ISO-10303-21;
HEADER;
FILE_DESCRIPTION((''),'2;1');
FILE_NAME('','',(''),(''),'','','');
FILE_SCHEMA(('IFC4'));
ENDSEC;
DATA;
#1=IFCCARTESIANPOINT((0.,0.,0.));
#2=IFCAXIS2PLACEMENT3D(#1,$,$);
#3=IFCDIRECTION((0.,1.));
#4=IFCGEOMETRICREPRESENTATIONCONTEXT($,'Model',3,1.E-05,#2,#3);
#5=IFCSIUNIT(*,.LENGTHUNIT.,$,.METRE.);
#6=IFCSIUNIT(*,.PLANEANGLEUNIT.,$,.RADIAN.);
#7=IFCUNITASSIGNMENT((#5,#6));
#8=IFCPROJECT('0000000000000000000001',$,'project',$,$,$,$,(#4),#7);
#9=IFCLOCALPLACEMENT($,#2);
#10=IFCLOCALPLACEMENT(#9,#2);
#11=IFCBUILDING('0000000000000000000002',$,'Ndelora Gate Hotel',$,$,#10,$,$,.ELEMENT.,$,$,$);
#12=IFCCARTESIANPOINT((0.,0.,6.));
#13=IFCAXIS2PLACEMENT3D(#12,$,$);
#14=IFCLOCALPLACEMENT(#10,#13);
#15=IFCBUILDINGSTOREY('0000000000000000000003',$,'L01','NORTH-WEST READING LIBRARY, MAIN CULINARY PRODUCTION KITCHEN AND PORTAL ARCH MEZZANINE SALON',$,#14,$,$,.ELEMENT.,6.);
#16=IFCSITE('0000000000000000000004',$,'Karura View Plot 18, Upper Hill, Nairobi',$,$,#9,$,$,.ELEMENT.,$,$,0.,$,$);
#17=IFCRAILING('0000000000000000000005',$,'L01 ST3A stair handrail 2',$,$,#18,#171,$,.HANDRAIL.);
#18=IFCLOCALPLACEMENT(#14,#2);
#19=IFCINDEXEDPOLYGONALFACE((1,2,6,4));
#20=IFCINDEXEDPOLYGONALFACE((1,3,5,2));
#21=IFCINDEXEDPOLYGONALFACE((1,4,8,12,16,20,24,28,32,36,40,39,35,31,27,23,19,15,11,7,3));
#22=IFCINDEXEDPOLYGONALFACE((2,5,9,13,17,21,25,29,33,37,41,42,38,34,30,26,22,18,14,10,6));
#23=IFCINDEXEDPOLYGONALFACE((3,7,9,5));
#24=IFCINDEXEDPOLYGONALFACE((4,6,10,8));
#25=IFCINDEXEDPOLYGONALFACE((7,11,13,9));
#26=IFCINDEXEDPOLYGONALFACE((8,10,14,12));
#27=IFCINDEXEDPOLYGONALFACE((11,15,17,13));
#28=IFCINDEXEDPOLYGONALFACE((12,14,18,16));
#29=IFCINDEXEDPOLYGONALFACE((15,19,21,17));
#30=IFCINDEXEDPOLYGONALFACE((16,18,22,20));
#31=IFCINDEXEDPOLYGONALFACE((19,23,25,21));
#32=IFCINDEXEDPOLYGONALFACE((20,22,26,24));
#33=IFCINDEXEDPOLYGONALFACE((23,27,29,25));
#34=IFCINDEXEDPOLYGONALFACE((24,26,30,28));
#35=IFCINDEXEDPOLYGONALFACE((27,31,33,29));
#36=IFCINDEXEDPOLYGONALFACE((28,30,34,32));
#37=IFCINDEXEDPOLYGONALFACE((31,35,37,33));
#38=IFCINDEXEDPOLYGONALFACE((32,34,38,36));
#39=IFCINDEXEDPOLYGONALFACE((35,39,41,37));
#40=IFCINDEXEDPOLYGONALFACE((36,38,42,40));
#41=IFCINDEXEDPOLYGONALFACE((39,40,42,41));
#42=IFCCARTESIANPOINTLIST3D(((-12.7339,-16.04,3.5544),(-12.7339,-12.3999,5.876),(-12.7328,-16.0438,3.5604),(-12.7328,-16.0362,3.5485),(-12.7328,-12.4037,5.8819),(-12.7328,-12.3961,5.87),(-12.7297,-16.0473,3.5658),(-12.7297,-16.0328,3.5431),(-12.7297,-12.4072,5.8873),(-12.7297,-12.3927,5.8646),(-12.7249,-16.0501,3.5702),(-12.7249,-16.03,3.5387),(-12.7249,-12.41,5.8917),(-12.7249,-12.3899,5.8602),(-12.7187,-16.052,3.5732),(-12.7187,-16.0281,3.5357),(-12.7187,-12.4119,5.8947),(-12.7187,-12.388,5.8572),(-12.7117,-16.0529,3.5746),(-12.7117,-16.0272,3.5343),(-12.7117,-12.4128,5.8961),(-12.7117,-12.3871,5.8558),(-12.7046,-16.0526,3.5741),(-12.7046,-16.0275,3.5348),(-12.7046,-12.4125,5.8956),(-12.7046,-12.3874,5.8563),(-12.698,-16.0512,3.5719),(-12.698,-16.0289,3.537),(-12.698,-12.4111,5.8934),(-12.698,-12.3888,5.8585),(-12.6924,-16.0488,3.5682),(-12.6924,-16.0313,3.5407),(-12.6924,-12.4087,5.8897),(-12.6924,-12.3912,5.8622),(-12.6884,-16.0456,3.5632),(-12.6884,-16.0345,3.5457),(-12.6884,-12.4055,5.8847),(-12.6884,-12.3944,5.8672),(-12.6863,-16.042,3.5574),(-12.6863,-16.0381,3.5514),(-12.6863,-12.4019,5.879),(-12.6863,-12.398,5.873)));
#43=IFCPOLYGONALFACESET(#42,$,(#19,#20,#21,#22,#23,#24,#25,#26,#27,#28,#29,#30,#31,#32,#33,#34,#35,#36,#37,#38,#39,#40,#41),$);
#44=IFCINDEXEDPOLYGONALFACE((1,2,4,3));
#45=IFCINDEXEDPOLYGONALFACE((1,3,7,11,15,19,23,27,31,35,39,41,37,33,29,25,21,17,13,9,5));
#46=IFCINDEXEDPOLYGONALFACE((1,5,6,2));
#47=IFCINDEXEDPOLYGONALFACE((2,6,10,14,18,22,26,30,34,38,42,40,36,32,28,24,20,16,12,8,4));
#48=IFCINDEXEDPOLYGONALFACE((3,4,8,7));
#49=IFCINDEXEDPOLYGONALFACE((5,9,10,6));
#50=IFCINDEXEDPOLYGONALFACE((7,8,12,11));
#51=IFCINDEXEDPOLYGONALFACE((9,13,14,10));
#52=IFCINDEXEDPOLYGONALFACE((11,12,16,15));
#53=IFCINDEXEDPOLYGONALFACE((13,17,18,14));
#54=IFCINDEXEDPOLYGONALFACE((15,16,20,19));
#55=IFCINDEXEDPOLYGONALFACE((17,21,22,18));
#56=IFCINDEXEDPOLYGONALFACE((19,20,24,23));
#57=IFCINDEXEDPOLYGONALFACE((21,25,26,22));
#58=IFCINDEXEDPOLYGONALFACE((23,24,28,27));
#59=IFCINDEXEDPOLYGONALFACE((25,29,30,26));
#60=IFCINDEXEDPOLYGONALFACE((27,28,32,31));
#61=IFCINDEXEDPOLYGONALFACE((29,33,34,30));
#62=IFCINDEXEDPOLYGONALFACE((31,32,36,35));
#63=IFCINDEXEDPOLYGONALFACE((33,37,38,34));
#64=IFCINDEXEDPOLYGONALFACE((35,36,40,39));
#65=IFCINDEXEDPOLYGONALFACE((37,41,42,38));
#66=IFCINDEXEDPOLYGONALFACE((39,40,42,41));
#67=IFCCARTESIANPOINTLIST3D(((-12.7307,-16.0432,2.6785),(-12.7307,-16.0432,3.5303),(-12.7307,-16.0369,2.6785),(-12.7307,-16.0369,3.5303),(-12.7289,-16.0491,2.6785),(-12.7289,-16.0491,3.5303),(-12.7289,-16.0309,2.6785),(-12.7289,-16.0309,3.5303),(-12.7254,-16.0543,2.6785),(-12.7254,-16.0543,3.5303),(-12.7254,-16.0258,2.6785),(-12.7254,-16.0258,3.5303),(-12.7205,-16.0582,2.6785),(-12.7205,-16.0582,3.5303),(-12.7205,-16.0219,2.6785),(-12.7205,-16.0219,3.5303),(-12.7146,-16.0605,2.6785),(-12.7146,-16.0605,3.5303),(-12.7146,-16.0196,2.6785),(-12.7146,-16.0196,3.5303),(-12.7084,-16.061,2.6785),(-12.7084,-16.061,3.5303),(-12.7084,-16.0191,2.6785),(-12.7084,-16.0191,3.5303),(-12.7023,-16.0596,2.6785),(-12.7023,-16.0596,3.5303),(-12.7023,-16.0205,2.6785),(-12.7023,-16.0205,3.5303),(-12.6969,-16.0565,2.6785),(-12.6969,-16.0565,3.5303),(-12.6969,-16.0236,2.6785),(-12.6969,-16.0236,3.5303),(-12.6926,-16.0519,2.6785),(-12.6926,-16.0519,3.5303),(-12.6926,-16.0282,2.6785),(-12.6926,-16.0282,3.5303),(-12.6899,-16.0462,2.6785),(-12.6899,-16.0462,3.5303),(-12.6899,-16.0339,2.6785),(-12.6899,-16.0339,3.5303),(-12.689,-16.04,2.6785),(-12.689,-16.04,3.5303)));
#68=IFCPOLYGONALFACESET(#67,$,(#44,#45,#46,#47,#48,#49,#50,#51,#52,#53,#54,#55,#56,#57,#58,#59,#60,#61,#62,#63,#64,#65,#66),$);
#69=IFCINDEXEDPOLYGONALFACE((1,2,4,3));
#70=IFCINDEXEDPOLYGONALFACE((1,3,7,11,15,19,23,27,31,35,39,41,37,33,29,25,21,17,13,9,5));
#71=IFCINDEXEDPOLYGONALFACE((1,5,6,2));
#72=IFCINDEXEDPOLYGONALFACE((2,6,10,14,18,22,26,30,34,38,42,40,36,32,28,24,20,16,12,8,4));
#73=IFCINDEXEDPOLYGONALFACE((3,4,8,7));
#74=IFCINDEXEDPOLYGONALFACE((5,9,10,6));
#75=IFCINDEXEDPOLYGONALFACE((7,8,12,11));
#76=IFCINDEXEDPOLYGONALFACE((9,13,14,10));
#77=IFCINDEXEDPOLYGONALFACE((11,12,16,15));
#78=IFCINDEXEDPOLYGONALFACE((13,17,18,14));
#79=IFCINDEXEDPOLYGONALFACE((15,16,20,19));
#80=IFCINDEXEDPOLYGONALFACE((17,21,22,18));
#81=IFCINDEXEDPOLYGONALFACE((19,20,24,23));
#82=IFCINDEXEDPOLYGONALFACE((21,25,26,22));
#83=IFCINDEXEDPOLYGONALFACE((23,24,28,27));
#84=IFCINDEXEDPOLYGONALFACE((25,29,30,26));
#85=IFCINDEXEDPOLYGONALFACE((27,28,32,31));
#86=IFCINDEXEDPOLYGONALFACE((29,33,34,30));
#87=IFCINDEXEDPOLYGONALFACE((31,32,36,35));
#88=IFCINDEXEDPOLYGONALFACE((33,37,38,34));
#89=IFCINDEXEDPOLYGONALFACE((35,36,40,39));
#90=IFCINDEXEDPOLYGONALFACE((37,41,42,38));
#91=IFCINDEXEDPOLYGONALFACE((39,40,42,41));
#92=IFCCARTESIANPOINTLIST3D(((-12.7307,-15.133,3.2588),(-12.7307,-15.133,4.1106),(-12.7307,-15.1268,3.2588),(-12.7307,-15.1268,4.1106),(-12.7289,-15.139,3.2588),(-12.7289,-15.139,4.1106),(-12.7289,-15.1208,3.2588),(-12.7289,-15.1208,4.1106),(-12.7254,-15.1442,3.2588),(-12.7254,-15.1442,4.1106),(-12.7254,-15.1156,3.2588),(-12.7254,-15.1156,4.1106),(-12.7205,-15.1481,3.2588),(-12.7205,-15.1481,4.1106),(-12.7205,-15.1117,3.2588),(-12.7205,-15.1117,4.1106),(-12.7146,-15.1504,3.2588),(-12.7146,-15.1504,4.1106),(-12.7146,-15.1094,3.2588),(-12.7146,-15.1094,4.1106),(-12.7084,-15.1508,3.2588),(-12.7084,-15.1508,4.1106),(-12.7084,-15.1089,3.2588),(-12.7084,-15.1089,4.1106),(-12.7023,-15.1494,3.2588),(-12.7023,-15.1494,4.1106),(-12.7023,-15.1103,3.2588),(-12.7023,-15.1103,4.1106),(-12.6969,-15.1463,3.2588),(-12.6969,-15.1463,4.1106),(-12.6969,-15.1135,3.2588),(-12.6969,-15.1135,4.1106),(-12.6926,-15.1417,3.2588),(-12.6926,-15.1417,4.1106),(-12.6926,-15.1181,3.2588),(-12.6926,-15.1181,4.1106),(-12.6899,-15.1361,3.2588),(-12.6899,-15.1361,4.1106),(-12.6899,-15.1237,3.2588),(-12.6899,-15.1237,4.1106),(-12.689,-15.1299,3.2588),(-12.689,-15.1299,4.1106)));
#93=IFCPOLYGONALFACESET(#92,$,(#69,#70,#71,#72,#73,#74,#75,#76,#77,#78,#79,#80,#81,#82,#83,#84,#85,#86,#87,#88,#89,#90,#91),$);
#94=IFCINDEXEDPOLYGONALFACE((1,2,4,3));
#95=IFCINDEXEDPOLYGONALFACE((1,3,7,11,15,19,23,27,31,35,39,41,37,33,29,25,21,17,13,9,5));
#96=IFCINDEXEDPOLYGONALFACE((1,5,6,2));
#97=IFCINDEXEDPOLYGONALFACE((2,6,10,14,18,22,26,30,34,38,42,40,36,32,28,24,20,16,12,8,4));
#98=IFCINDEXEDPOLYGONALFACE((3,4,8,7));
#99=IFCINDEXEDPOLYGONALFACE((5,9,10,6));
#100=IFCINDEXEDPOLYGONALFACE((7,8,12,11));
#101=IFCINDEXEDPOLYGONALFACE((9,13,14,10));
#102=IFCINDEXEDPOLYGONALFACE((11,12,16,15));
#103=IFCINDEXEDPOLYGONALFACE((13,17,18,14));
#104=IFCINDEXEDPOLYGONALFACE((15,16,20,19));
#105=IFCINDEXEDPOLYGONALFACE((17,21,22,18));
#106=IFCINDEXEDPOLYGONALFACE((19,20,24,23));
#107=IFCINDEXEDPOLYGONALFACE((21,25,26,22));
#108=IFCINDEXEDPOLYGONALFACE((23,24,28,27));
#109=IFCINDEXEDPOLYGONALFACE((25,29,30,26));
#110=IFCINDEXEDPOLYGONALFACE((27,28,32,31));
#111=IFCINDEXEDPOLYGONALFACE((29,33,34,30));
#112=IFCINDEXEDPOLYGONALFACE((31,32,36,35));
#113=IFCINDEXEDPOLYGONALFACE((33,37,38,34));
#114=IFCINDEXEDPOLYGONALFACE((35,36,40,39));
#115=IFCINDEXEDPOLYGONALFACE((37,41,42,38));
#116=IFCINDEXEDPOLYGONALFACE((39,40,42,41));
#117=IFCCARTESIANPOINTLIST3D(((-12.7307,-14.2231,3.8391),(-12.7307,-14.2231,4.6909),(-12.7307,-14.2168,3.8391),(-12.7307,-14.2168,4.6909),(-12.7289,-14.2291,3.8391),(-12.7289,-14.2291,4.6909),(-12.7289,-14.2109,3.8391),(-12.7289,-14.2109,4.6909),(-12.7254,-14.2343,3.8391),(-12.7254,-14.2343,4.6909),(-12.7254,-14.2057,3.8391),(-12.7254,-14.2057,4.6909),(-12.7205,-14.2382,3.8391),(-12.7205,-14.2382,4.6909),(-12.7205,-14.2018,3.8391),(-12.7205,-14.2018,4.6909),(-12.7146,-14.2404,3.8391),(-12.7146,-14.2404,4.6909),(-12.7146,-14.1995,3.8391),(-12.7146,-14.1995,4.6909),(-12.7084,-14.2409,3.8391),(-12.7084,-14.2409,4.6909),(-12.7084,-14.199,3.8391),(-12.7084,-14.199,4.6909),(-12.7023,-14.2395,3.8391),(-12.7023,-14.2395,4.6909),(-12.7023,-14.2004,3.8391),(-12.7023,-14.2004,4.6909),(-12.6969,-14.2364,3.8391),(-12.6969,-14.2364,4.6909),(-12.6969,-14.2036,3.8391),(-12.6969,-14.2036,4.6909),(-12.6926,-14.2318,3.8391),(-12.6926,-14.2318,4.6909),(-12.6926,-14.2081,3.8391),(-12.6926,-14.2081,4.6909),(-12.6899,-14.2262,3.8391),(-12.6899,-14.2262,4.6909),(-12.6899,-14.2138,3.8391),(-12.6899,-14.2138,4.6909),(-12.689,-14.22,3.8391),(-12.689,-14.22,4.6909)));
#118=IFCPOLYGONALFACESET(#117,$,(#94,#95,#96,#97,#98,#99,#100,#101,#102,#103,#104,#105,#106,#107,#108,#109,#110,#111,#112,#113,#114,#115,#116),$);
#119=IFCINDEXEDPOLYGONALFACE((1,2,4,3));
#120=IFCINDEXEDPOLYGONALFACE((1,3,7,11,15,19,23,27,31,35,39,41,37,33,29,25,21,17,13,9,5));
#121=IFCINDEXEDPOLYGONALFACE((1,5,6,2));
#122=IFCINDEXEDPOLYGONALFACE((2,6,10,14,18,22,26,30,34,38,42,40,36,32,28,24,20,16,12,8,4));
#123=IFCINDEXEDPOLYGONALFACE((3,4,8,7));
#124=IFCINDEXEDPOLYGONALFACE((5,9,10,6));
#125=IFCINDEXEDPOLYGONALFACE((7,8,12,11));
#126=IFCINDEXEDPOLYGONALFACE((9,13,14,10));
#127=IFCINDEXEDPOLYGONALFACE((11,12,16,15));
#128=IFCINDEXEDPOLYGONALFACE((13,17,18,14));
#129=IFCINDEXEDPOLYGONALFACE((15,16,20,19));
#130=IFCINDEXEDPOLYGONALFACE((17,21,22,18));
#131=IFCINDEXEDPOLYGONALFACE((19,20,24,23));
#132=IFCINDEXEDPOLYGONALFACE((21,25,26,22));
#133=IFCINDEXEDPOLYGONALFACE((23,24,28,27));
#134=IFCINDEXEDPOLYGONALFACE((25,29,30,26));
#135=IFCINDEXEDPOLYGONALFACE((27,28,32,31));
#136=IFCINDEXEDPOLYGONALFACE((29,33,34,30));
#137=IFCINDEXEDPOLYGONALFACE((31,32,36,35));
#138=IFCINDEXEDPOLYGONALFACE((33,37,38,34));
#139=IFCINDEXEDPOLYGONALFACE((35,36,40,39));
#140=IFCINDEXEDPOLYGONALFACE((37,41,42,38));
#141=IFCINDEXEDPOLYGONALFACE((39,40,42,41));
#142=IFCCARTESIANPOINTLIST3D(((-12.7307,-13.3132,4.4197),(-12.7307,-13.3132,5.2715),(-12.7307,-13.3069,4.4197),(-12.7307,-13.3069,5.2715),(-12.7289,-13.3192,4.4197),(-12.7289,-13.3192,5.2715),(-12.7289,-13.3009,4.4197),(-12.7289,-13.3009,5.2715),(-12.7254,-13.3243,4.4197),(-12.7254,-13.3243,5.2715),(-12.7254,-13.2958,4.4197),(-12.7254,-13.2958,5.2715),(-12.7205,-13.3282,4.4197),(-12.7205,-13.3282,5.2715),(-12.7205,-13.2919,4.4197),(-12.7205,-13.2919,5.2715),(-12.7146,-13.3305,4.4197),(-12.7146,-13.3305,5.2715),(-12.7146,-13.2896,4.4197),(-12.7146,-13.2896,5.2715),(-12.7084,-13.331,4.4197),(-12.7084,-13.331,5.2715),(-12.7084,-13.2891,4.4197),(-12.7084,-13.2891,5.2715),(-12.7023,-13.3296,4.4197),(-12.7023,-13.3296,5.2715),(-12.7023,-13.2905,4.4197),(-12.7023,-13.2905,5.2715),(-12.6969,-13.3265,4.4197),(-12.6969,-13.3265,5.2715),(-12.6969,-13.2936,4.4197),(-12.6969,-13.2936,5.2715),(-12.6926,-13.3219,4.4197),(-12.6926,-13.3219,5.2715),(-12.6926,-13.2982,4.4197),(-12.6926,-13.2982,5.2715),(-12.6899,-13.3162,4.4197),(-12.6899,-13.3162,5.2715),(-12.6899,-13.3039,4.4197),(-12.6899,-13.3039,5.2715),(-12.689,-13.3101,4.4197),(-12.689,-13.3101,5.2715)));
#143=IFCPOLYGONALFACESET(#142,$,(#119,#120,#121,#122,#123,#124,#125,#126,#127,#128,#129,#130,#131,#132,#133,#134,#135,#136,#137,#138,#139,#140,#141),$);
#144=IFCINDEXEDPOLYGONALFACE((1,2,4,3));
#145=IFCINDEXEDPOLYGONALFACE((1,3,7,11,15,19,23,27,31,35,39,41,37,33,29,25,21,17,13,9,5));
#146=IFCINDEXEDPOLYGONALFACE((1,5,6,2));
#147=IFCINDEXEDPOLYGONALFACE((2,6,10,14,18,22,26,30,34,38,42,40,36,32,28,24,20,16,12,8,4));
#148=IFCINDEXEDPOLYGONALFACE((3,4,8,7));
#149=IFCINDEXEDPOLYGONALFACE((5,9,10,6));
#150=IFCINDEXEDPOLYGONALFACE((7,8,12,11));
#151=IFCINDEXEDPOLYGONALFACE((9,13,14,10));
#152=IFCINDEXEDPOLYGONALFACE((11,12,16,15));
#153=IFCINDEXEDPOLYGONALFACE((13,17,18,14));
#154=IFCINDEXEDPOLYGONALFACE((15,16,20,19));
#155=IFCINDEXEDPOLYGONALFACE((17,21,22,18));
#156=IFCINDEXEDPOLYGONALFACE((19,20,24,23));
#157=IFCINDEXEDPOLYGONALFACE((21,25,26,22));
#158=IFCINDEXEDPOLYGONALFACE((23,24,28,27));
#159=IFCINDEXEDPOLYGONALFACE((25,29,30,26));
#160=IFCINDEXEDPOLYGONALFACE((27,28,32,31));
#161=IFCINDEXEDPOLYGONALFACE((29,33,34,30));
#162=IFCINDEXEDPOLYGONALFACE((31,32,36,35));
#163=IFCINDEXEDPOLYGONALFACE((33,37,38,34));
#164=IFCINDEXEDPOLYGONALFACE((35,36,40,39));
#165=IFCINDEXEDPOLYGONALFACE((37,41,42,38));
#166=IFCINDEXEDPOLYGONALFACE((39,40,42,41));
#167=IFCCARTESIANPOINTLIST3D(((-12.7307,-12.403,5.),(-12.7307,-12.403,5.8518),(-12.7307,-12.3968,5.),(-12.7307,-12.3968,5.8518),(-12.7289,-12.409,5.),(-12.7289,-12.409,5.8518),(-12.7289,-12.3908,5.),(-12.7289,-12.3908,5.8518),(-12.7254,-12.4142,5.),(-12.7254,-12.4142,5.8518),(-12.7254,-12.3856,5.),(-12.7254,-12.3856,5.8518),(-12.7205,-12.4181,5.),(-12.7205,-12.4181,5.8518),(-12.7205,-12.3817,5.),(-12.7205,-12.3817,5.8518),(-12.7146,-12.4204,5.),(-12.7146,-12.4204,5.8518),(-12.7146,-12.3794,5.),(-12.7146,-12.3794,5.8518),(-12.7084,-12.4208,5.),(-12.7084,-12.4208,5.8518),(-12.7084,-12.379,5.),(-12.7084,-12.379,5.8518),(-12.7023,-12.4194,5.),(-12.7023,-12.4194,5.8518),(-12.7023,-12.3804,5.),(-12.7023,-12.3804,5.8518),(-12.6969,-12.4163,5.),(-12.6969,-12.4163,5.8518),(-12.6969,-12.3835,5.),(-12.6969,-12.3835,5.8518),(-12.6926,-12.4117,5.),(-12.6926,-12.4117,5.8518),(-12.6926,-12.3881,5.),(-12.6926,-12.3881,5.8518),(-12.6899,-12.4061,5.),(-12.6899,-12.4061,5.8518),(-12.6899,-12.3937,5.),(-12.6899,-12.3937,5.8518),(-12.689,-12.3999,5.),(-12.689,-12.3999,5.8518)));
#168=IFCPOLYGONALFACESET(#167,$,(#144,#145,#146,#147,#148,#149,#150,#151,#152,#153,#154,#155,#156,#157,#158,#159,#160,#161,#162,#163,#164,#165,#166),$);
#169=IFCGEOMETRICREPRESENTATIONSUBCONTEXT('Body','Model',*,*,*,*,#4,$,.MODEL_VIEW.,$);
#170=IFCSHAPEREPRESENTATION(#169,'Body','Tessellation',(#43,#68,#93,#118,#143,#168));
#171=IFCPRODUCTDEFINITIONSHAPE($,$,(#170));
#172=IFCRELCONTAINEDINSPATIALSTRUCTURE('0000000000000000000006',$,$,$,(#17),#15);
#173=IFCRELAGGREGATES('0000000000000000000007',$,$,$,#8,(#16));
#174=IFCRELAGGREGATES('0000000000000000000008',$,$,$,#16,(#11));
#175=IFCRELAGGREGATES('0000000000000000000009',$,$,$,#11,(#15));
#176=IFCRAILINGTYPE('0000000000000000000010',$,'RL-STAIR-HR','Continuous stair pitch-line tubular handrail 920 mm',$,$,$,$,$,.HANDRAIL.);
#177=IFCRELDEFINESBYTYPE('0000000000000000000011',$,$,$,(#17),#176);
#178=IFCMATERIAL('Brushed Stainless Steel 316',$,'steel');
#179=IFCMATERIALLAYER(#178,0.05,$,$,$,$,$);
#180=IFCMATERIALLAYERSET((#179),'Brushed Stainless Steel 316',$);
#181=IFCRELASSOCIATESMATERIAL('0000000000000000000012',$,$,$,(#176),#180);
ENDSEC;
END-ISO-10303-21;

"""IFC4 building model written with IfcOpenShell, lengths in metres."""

from ifc_helpers import new_model, si_unit, direction, frame, origin, origin_2d, place, context, subcontext, project, spatial, circle, extrude, material, layer, layer_set, type_object, element, save


model = new_model("IFC4")

# Units and contexts
model_context = context("Model", 3, precision=1e-05, world=origin(), true_north=direction((0.0, 1.0)))
body_context = subcontext(model_context, "Body", "Model", "MODEL_VIEW")
ifc_project = project(units=[si_unit("LENGTHUNIT", "METRE"), si_unit("PLANEANGLEUNIT", "RADIAN")], contexts=[model_context])

# Site, building, storey
site_placement = place(None, origin())
site = spatial("IfcSite", under=ifc_project, at=site_placement, Name="Karura View Plot 18, Upper Hill, Nairobi", CompositionType="ELEMENT", RefElevation=0.0)
building_placement = place(site_placement, origin())
building = spatial("IfcBuilding", under=site, at=building_placement, Name="Ndelora Gate Hotel", CompositionType="ELEMENT")
storey_placement = place(building_placement, frame((0.0, 0.0, 6.0)))
storey = spatial("IfcBuildingStorey", under=building, at=storey_placement, Name="L01", Description="NORTH-WEST READING LIBRARY, MAIN CULINARY PRODUCTION KITCHEN AND PORTAL ARCH MEZZANINE SALON", CompositionType="ELEMENT", Elevation=6.0)

# Railing
ifc_material_1 = material(Name="Brushed Stainless Steel 316", Category="steel")
ifc_layer_1 = layer(ifc_material_1, 0.05)
ifc_layer_set_1 = layer_set([ifc_layer_1], Name="Brushed Stainless Steel 316")
railing_type_1 = type_object("IfcRailingType", Name="RL-STAIR-HR", Description="Continuous stair pitch-line tubular handrail 920 mm", PredefinedType="HANDRAIL", material=ifc_layer_set_1)
railing_1_placement = place(storey_placement, frame((-12.71, -16.04, 2.6785)))
element("IfcRailing", 1, at=railing_1_placement, inside=storey, type_object=railing_type_1, Name="L01 ST3A stair handrail 2", PredefinedType="HANDRAIL", context=body_context, shape_type="SweptSolid", body=[
    extrude(circle(Radius=0.0239, at=origin_2d()), frame((0.0, 0.0, 0.876), z_axis=(0.0, 0.843128, 0.537713), x_axis=(-1.0, 0.0, 0.0)), (0.0, 0.0, 1.0), 4.3174),
    extrude(circle(Radius=0.021, at=origin_2d()), origin(), (0.0, 0.0, 1.0), 0.8518),
    extrude(circle(Radius=0.021, at=origin_2d()), frame((0.0, 0.9102, 0.5803)), (0.0, 0.0, 1.0), 0.8518),
    extrude(circle(Radius=0.021, at=origin_2d()), frame((0.0, 1.8201, 1.1606)), (0.0, 0.0, 1.0), 0.8518),
    extrude(circle(Radius=0.021, at=origin_2d()), frame((0.0, 2.73, 1.7412)), (0.0, 0.0, 1.0), 0.8518),
    extrude(circle(Radius=0.021, at=origin_2d()), frame((0.0, 3.6401, 2.3215)), (0.0, 0.0, 1.0), 0.8518),
])

save(model, "model.ifc")
